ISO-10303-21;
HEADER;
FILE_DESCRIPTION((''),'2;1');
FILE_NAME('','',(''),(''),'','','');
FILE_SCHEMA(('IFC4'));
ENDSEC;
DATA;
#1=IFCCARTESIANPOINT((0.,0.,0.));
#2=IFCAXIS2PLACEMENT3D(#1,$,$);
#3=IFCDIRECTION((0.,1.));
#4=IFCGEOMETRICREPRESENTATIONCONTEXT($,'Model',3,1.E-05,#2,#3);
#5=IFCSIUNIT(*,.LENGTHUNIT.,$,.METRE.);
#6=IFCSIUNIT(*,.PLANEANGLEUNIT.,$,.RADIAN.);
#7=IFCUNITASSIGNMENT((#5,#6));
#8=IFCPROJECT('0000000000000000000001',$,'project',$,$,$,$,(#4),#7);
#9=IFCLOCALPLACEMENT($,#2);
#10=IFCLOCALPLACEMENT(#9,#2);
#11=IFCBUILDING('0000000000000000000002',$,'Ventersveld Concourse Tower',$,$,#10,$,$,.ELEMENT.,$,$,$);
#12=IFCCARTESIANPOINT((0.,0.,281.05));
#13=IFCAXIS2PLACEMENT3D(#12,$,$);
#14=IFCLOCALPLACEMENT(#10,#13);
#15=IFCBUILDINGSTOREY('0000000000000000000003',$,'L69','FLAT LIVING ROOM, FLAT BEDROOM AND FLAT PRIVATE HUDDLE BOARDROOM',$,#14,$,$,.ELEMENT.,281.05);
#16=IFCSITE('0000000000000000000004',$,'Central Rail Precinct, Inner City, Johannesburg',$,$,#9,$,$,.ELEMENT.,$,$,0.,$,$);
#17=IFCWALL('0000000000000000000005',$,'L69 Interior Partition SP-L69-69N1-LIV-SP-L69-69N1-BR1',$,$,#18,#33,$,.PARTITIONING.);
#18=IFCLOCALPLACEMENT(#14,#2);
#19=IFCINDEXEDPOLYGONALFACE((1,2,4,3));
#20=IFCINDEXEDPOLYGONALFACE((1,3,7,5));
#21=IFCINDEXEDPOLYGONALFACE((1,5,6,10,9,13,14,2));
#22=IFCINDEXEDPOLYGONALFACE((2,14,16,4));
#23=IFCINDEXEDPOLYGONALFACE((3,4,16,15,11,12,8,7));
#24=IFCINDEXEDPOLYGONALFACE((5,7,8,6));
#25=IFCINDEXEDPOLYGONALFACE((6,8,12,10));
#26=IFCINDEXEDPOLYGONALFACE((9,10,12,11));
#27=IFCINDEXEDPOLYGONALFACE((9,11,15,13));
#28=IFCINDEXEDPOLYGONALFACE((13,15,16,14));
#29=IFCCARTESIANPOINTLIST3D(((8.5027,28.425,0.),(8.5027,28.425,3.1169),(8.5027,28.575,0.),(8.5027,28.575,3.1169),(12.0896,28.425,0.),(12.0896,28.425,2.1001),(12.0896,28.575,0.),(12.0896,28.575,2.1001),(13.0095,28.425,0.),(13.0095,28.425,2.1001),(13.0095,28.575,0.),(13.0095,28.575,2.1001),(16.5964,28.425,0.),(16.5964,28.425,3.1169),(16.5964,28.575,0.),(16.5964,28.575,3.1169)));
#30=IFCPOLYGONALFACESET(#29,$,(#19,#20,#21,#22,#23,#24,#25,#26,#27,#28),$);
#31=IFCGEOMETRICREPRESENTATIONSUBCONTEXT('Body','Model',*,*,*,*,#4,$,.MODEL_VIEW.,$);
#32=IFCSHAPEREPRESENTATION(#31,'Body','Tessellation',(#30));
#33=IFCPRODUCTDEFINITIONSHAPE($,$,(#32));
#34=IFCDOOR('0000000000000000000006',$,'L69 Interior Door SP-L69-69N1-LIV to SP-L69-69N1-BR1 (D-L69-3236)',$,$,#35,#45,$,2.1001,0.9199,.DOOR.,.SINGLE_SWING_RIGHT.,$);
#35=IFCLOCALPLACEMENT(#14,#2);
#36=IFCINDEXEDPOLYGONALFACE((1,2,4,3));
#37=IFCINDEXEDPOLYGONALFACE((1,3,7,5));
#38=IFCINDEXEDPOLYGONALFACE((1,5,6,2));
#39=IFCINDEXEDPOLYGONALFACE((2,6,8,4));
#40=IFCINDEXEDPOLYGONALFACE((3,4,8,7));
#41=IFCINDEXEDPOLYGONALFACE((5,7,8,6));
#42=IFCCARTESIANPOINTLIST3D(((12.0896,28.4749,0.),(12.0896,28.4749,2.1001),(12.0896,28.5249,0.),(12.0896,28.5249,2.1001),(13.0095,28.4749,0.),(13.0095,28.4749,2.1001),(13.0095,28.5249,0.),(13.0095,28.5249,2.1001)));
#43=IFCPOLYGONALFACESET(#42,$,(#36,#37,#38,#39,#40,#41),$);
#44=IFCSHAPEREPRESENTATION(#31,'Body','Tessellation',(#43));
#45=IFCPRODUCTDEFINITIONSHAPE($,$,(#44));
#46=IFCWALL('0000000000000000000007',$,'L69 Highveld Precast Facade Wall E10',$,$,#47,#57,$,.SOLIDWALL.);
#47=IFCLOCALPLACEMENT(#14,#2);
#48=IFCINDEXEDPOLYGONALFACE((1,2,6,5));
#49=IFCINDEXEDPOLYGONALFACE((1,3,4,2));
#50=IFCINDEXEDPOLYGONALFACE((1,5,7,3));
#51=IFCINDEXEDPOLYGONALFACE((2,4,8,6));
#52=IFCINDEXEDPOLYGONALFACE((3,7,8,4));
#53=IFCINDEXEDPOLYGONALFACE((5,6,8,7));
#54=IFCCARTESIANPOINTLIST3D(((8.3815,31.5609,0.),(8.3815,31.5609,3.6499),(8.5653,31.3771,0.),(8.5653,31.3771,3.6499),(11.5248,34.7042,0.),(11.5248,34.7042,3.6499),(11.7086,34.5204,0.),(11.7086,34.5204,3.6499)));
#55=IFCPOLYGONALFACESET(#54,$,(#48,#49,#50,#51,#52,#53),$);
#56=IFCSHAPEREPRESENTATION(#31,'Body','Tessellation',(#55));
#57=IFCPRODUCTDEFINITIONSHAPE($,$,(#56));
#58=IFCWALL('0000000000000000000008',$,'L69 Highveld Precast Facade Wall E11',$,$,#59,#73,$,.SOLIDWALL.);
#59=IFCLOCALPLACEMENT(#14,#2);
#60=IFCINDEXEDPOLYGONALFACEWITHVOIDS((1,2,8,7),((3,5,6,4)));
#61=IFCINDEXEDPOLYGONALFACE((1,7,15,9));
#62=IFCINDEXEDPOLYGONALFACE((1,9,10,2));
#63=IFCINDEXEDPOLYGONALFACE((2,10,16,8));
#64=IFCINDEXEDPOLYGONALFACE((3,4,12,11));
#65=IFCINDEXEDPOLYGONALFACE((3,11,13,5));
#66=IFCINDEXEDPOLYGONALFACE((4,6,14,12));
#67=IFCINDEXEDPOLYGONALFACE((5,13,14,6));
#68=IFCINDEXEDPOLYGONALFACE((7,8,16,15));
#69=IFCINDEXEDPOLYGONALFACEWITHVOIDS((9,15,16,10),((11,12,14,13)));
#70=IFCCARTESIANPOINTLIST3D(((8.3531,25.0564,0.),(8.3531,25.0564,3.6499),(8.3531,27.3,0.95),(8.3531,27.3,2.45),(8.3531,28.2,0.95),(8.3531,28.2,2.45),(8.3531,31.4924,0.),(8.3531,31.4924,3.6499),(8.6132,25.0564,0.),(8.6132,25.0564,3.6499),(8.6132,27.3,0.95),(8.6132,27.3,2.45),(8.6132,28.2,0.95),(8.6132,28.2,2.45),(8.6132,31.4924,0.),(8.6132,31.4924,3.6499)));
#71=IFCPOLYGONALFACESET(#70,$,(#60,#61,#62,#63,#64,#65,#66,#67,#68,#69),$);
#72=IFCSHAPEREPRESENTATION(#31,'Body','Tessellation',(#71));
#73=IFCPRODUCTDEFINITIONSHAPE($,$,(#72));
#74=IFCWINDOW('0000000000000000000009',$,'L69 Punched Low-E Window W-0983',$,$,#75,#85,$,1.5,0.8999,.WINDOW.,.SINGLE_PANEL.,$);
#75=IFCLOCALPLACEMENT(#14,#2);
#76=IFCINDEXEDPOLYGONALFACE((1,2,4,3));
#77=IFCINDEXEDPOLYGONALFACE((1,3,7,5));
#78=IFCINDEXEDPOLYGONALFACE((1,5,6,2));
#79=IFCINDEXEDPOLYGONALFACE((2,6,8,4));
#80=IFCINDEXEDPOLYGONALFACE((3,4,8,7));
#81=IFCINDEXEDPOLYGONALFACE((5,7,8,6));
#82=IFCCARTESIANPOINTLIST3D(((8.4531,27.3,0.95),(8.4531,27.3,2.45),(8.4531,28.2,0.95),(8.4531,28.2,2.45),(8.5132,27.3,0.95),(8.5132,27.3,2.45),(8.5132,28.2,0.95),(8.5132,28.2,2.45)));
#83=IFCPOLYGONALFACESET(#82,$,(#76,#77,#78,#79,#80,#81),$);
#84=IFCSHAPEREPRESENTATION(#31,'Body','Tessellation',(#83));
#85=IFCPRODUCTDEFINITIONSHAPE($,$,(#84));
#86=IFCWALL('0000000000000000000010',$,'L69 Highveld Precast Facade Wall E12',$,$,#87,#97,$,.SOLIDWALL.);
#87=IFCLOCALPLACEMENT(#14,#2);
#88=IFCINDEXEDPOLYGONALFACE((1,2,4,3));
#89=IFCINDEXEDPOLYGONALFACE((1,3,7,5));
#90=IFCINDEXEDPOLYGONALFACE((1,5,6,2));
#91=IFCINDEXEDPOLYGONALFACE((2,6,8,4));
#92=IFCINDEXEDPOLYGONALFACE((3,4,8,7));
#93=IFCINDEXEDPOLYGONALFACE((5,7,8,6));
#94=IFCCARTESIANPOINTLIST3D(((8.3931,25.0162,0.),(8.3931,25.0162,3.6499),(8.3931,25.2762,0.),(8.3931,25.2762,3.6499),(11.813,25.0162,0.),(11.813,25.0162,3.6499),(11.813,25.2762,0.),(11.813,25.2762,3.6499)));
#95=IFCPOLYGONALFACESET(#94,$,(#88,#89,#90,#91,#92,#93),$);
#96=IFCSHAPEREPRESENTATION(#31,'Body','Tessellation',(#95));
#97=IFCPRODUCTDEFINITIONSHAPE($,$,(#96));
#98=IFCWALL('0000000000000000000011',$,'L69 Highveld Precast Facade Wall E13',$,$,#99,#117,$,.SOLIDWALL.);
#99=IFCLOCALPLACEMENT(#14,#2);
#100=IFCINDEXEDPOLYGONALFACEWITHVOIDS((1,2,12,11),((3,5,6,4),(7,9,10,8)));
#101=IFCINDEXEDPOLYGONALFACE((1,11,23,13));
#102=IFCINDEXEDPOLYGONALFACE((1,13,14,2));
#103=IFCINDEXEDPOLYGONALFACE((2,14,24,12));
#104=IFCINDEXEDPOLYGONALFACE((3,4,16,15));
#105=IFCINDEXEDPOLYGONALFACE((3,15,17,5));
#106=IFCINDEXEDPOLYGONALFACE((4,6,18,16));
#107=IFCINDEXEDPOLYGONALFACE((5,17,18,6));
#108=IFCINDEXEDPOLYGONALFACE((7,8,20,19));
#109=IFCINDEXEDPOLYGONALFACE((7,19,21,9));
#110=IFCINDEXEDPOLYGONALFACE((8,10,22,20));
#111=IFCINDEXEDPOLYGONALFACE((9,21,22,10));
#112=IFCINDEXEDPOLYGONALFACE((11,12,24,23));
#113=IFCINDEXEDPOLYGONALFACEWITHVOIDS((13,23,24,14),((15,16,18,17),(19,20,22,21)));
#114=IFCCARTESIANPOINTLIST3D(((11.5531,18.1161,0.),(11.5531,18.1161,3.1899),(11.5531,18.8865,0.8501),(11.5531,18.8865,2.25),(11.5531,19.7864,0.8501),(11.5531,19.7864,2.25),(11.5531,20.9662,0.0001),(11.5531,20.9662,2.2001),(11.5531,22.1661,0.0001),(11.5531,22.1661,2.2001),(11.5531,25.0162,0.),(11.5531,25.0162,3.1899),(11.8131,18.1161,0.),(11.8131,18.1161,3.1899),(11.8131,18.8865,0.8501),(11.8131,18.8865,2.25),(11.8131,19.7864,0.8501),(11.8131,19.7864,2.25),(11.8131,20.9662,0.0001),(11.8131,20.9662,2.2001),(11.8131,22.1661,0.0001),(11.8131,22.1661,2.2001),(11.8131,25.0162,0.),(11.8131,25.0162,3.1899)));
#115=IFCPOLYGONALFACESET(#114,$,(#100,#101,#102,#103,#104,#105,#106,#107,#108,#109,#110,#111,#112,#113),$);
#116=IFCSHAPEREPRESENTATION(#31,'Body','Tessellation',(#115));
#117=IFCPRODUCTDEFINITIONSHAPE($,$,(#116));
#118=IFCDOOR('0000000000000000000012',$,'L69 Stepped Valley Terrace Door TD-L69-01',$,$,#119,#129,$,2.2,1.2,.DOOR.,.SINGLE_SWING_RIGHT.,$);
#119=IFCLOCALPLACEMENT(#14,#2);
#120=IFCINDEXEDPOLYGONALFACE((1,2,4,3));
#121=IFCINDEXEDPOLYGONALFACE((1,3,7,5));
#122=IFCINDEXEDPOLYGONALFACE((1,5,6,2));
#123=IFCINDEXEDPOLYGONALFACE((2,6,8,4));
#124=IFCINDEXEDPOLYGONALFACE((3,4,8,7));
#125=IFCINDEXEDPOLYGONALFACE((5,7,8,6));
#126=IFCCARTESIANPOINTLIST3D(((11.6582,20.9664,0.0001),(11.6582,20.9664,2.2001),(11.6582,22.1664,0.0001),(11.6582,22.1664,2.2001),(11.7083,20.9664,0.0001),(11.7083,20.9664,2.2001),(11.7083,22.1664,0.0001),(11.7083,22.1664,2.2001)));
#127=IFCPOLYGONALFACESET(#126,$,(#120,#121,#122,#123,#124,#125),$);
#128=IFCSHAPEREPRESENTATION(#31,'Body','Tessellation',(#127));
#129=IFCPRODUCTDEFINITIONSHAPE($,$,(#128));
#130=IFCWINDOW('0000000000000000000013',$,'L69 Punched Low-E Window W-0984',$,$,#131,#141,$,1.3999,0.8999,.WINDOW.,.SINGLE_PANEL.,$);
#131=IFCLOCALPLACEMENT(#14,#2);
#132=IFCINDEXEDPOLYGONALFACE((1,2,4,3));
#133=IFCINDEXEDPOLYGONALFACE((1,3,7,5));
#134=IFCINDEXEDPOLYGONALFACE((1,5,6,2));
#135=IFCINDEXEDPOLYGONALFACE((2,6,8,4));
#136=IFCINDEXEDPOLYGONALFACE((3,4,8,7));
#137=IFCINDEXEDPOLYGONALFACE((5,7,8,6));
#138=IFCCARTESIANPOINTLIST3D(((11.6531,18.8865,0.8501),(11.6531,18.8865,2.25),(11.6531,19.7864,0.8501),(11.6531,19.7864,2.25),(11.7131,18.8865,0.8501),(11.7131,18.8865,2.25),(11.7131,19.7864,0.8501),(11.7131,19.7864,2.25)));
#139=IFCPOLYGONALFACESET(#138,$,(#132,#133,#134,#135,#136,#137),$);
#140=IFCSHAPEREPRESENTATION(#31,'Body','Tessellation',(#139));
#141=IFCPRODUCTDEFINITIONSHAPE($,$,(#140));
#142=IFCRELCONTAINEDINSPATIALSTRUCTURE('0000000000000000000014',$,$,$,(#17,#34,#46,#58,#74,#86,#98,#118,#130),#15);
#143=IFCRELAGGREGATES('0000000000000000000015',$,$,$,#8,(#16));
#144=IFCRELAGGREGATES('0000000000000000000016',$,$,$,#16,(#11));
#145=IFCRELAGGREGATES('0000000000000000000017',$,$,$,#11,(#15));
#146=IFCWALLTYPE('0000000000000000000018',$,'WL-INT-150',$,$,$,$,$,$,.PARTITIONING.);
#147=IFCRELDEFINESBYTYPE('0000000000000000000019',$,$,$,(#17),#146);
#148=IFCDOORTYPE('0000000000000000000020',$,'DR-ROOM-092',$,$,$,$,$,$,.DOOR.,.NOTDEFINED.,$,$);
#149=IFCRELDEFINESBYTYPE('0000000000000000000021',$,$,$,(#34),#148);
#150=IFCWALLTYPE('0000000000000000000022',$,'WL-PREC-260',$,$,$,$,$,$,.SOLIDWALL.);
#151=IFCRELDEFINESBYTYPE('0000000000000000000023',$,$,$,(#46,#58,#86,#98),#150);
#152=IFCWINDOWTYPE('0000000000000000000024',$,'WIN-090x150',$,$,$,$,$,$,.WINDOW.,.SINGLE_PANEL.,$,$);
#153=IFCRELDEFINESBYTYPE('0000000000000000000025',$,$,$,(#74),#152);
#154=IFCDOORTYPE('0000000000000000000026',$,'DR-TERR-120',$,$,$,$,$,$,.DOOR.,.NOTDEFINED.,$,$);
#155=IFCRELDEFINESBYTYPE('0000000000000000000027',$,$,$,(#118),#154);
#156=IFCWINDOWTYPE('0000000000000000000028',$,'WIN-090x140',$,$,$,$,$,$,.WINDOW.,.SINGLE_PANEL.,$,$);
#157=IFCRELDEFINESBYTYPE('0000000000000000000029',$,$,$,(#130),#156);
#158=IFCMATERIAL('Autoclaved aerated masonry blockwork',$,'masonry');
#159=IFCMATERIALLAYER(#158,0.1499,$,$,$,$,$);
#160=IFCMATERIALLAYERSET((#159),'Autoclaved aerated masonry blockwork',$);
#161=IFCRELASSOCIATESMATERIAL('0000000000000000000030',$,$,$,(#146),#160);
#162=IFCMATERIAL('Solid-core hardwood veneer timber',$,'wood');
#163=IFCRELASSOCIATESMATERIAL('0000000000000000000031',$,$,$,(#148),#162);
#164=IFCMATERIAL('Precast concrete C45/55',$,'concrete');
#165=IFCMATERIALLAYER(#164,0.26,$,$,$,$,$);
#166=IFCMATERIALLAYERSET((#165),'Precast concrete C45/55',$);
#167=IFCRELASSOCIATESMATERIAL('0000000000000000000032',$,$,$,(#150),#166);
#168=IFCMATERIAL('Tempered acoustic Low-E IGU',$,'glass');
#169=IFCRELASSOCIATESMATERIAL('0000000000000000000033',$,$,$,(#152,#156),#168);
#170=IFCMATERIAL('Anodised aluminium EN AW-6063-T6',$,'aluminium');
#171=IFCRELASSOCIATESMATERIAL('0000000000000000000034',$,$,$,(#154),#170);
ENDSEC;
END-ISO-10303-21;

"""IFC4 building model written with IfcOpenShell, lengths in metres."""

from ifc_helpers import new_model, si_unit, direction, frame, frame_2d, origin, place, context, subcontext, project, spatial, rectangle, extrude, material, layer, layer_set, type_object, element, fill, save


model = new_model("IFC4")

# Units and contexts
model_context = context("Model", 3, precision=1e-05, world=origin(), true_north=direction((0.0, 1.0)))
body_context = subcontext(model_context, "Body", "Model", "MODEL_VIEW")
ifc_project = project(units=[si_unit("LENGTHUNIT", "METRE"), si_unit("PLANEANGLEUNIT", "RADIAN")], contexts=[model_context])

# Site, building, storey
site_placement = place(None, origin())
site = spatial("IfcSite", under=ifc_project, at=site_placement, Name="Central Rail Precinct, Inner City, Johannesburg", CompositionType="ELEMENT", RefElevation=0.0)
building_placement = place(site_placement, origin())
building = spatial("IfcBuilding", under=site, at=building_placement, Name="Ventersveld Concourse Tower", CompositionType="ELEMENT")
storey_placement = place(building_placement, frame((0.0, 0.0, 281.05)))
storey = spatial("IfcBuildingStorey", under=building, at=storey_placement, Name="L69", Description="FLAT LIVING ROOM, FLAT BEDROOM AND FLAT PRIVATE HUDDLE BOARDROOM", CompositionType="ELEMENT", Elevation=281.05)

# Shared definitions
ifc_material_1 = material(Name="Autoclaved aerated masonry blockwork", Category="masonry")
ifc_layer_1 = layer(ifc_material_1, 0.1499)
ifc_layer_set_1 = layer_set([ifc_layer_1], Name="Autoclaved aerated masonry blockwork")
wall_type_1 = type_object("IfcWallType", Name="WL-INT-150", PredefinedType="PARTITIONING", material=ifc_layer_set_1)

# Wall, opening, door
wall_1_placement = place(storey_placement, frame((8.5027, 28.5, 0.0), z_axis=(0.0, 0.0, 1.0), x_axis=(1.0, 0.0, 0.0)))
wall_1 = element("IfcWall", 1, at=wall_1_placement, inside=storey, type_object=wall_type_1, Name="L69 Interior Partition SP-L69-69N1-LIV-SP-L69-69N1-BR1", PredefinedType="PARTITIONING", context=body_context, shape_type="SweptSolid", body=[
    extrude(rectangle(XDim=8.0938, YDim=0.1499, at=frame_2d((4.0469, 0.0))), origin(), (0.0, 0.0, 1.0), 3.1169),
])
opening_1_placement = place(wall_1_placement, frame((3.5869, 0.0, 0.0)))
opening_1 = element("IfcOpeningElement", 2, at=opening_1_placement, cuts=wall_1, PredefinedType="OPENING", context=body_context, shape_type="SweptSolid", body=[
    extrude(rectangle(XDim=0.9199, YDim=2.1001, at=frame_2d((0.46, 1.05))), frame((0.0, 0.085, 0.0), z_axis=(0.0, -1.0, 0.0), x_axis=(1.0, 0.0, 0.0)), (0.0, 0.0, 1.0), 0.1699),
])
ifc_material_2 = material(Name="Solid-core hardwood veneer timber", Category="wood")
door_type_1 = type_object("IfcDoorType", Name="DR-ROOM-092", OperationType="NOTDEFINED", PredefinedType="DOOR", material=ifc_material_2)
door_1_placement = place(opening_1_placement, origin())
door_1 = element("IfcDoor", 3, at=door_1_placement, inside=storey, type_object=door_type_1, Name="L69 Interior Door SP-L69-69N1-LIV to SP-L69-69N1-BR1 (D-L69-3236)", OperationType="SINGLE_SWING_RIGHT", OverallHeight=2.1001, OverallWidth=0.9199, PredefinedType="DOOR", context=body_context, shape_type="SweptSolid", body=[
    extrude(rectangle(XDim=0.9199, YDim=2.1001, at=frame_2d((0.46, 1.05))), frame((0.0, 0.0249, 0.0), z_axis=(0.0, -1.0, 0.0), x_axis=(1.0, 0.0, 0.0)), (0.0, 0.0, 1.0), 0.05),
])
fill(opening_1, door_1)

# Wall
ifc_material_3 = material(Name="Precast concrete C45/55", Category="concrete")
ifc_layer_2 = layer(ifc_material_3, 0.26)
ifc_layer_set_2 = layer_set([ifc_layer_2], Name="Precast concrete C45/55")
wall_type_2 = type_object("IfcWallType", Name="WL-PREC-260", PredefinedType="SOLIDWALL", material=ifc_layer_set_2)
wall_2_placement = place(storey_placement, frame((11.6167, 34.6123, 0.0), z_axis=(0.0, 0.0, 1.0), x_axis=(-0.707107, -0.707107, 0.0)))
element("IfcWall", 4, at=wall_2_placement, inside=storey, type_object=wall_type_2, Name="L69 Highveld Precast Facade Wall E10", PredefinedType="SOLIDWALL", context=body_context, shape_type="SweptSolid", body=[
    extrude(rectangle(XDim=4.4453, YDim=0.26, at=frame_2d((2.2227, 0.0))), origin(), (0.0, 0.0, 1.0), 3.6499),
])

# Wall, opening, window
wall_3_placement = place(storey_placement, frame((8.4832, 31.4924, 0.0), z_axis=(0.0, 0.0, 1.0), x_axis=(0.0, -1.0, 0.0)))
wall_3 = element("IfcWall", 5, at=wall_3_placement, inside=storey, type_object=wall_type_2, Name="L69 Highveld Precast Facade Wall E11", PredefinedType="SOLIDWALL", context=body_context, shape_type="SweptSolid", body=[
    extrude(rectangle(XDim=6.436, YDim=0.26, at=frame_2d((3.218, 0.0))), origin(), (0.0, 0.0, 1.0), 3.6499),
])
opening_2_placement = place(wall_3_placement, frame((3.2925, 0.0, 0.95)))
opening_2 = element("IfcOpeningElement", 6, at=opening_2_placement, cuts=wall_3, PredefinedType="OPENING", context=body_context, shape_type="SweptSolid", body=[
    extrude(rectangle(XDim=0.8999, YDim=1.5, at=frame_2d((0.45, 0.75))), frame((0.0, 0.1401, 0.0), z_axis=(0.0, -1.0, 0.0), x_axis=(1.0, 0.0, 0.0)), (0.0, 0.0, 1.0), 0.28),
])
ifc_material_4 = material(Name="Tempered acoustic Low-E IGU", Category="glass")
window_type_1 = type_object("IfcWindowType", Name="WIN-090x150", PartitioningType="SINGLE_PANEL", PredefinedType="WINDOW", material=ifc_material_4)
window_1_placement = place(opening_2_placement, origin())
window_1 = element("IfcWindow", 7, at=window_1_placement, inside=storey, type_object=window_type_1, Name="L69 Punched Low-E Window W-0983", OverallHeight=1.5, OverallWidth=0.8999, PartitioningType="SINGLE_PANEL", PredefinedType="WINDOW", context=body_context, shape_type="SweptSolid", body=[
    extrude(rectangle(XDim=0.8999, YDim=1.5, at=frame_2d((0.45, 0.75))), frame((0.0, 0.03, 0.0), z_axis=(0.0, -1.0, 0.0), x_axis=(1.0, 0.0, 0.0)), (0.0, 0.0, 1.0), 0.0601),
])
fill(opening_2, window_1)

# Wall
wall_4_placement = place(storey_placement, frame((8.3931, 25.1462, 0.0), z_axis=(0.0, 0.0, 1.0), x_axis=(1.0, 0.0, 0.0)))
element("IfcWall", 8, at=wall_4_placement, inside=storey, type_object=wall_type_2, Name="L69 Highveld Precast Facade Wall E12", PredefinedType="SOLIDWALL", context=body_context, shape_type="SweptSolid", body=[
    extrude(rectangle(XDim=3.4199, YDim=0.26, at=frame_2d((1.71, 0.0))), origin(), (0.0, 0.0, 1.0), 3.6499),
])

# Wall, openings, door, window
wall_5_placement = place(storey_placement, frame((11.6831, 25.0164, 0.0), z_axis=(0.0, 0.0, 1.0), x_axis=(0.0, -1.0, 0.0)))
wall_5 = element("IfcWall", 9, at=wall_5_placement, inside=storey, type_object=wall_type_2, Name="L69 Highveld Precast Facade Wall E13", PredefinedType="SOLIDWALL", context=body_context, shape_type="SweptSolid", body=[
    extrude(rectangle(XDim=6.9001, YDim=0.26, at=frame_2d((3.4502, 0.0))), origin(), (0.0, 0.0, 1.0), 3.1899),
])
opening_3_placement = place(wall_5_placement, frame((2.8501, 0.0, 0.0)))
opening_3 = element("IfcOpeningElement", 10, at=opening_3_placement, cuts=wall_5, PredefinedType="OPENING", context=body_context, shape_type="SweptSolid", body=[
    extrude(rectangle(XDim=1.2, YDim=2.2, at=frame_2d((0.6001, 1.1001))), frame((0.0, 0.1401, 0.0), z_axis=(0.0, -1.0, 0.0), x_axis=(1.0, 0.0, 0.0)), (0.0, 0.0, 1.0), 0.28),
])
opening_4_placement = place(wall_5_placement, frame((5.23, 0.0, 0.8501)))
opening_4 = element("IfcOpeningElement", 11, at=opening_4_placement, cuts=wall_5, PredefinedType="OPENING", context=body_context, shape_type="SweptSolid", body=[
    extrude(rectangle(XDim=0.8999, YDim=1.3999, at=frame_2d((0.45, 0.7))), frame((0.0, 0.1401, 0.0), z_axis=(0.0, -1.0, 0.0), x_axis=(1.0, 0.0, 0.0)), (0.0, 0.0, 1.0), 0.28),
])
ifc_material_5 = material(Name="Anodised aluminium EN AW-6063-T6", Category="aluminium")
door_type_2 = type_object("IfcDoorType", Name="DR-TERR-120", OperationType="NOTDEFINED", PredefinedType="DOOR", material=ifc_material_5)
door_2_placement = place(opening_3_placement, frame((1.2, 0.0, 0.0), z_axis=(0.0, 0.0, 1.0), x_axis=(-1.0, 0.0, 0.0)))
door_2 = element("IfcDoor", 12, at=door_2_placement, inside=storey, type_object=door_type_2, Name="L69 Stepped Valley Terrace Door TD-L69-01", OperationType="SINGLE_SWING_RIGHT", OverallHeight=2.2, OverallWidth=1.2, PredefinedType="DOOR", context=body_context, shape_type="SweptSolid", body=[
    extrude(rectangle(XDim=1.2, YDim=2.2, at=frame_2d((0.6001, 1.1001))), frame((0.0, 0.0249, 0.0), z_axis=(0.0, -1.0, 0.0), x_axis=(1.0, 0.0, 0.0)), (0.0, 0.0, 1.0), 0.05),
])
fill(opening_3, door_2)
window_type_2 = type_object("IfcWindowType", Name="WIN-090x140", PartitioningType="SINGLE_PANEL", PredefinedType="WINDOW", material=ifc_material_4)
window_2_placement = place(opening_4_placement, origin())
window_2 = element("IfcWindow", 13, at=window_2_placement, inside=storey, type_object=window_type_2, Name="L69 Punched Low-E Window W-0984", OverallHeight=1.3999, OverallWidth=0.8999, PartitioningType="SINGLE_PANEL", PredefinedType="WINDOW", context=body_context, shape_type="SweptSolid", body=[
    extrude(rectangle(XDim=0.8999, YDim=1.3999, at=frame_2d((0.45, 0.7))), frame((0.0, 0.03, 0.0), z_axis=(0.0, -1.0, 0.0), x_axis=(1.0, 0.0, 0.0)), (0.0, 0.0, 1.0), 0.0601),
])
fill(opening_4, window_2)

save(model, "model.ifc")
